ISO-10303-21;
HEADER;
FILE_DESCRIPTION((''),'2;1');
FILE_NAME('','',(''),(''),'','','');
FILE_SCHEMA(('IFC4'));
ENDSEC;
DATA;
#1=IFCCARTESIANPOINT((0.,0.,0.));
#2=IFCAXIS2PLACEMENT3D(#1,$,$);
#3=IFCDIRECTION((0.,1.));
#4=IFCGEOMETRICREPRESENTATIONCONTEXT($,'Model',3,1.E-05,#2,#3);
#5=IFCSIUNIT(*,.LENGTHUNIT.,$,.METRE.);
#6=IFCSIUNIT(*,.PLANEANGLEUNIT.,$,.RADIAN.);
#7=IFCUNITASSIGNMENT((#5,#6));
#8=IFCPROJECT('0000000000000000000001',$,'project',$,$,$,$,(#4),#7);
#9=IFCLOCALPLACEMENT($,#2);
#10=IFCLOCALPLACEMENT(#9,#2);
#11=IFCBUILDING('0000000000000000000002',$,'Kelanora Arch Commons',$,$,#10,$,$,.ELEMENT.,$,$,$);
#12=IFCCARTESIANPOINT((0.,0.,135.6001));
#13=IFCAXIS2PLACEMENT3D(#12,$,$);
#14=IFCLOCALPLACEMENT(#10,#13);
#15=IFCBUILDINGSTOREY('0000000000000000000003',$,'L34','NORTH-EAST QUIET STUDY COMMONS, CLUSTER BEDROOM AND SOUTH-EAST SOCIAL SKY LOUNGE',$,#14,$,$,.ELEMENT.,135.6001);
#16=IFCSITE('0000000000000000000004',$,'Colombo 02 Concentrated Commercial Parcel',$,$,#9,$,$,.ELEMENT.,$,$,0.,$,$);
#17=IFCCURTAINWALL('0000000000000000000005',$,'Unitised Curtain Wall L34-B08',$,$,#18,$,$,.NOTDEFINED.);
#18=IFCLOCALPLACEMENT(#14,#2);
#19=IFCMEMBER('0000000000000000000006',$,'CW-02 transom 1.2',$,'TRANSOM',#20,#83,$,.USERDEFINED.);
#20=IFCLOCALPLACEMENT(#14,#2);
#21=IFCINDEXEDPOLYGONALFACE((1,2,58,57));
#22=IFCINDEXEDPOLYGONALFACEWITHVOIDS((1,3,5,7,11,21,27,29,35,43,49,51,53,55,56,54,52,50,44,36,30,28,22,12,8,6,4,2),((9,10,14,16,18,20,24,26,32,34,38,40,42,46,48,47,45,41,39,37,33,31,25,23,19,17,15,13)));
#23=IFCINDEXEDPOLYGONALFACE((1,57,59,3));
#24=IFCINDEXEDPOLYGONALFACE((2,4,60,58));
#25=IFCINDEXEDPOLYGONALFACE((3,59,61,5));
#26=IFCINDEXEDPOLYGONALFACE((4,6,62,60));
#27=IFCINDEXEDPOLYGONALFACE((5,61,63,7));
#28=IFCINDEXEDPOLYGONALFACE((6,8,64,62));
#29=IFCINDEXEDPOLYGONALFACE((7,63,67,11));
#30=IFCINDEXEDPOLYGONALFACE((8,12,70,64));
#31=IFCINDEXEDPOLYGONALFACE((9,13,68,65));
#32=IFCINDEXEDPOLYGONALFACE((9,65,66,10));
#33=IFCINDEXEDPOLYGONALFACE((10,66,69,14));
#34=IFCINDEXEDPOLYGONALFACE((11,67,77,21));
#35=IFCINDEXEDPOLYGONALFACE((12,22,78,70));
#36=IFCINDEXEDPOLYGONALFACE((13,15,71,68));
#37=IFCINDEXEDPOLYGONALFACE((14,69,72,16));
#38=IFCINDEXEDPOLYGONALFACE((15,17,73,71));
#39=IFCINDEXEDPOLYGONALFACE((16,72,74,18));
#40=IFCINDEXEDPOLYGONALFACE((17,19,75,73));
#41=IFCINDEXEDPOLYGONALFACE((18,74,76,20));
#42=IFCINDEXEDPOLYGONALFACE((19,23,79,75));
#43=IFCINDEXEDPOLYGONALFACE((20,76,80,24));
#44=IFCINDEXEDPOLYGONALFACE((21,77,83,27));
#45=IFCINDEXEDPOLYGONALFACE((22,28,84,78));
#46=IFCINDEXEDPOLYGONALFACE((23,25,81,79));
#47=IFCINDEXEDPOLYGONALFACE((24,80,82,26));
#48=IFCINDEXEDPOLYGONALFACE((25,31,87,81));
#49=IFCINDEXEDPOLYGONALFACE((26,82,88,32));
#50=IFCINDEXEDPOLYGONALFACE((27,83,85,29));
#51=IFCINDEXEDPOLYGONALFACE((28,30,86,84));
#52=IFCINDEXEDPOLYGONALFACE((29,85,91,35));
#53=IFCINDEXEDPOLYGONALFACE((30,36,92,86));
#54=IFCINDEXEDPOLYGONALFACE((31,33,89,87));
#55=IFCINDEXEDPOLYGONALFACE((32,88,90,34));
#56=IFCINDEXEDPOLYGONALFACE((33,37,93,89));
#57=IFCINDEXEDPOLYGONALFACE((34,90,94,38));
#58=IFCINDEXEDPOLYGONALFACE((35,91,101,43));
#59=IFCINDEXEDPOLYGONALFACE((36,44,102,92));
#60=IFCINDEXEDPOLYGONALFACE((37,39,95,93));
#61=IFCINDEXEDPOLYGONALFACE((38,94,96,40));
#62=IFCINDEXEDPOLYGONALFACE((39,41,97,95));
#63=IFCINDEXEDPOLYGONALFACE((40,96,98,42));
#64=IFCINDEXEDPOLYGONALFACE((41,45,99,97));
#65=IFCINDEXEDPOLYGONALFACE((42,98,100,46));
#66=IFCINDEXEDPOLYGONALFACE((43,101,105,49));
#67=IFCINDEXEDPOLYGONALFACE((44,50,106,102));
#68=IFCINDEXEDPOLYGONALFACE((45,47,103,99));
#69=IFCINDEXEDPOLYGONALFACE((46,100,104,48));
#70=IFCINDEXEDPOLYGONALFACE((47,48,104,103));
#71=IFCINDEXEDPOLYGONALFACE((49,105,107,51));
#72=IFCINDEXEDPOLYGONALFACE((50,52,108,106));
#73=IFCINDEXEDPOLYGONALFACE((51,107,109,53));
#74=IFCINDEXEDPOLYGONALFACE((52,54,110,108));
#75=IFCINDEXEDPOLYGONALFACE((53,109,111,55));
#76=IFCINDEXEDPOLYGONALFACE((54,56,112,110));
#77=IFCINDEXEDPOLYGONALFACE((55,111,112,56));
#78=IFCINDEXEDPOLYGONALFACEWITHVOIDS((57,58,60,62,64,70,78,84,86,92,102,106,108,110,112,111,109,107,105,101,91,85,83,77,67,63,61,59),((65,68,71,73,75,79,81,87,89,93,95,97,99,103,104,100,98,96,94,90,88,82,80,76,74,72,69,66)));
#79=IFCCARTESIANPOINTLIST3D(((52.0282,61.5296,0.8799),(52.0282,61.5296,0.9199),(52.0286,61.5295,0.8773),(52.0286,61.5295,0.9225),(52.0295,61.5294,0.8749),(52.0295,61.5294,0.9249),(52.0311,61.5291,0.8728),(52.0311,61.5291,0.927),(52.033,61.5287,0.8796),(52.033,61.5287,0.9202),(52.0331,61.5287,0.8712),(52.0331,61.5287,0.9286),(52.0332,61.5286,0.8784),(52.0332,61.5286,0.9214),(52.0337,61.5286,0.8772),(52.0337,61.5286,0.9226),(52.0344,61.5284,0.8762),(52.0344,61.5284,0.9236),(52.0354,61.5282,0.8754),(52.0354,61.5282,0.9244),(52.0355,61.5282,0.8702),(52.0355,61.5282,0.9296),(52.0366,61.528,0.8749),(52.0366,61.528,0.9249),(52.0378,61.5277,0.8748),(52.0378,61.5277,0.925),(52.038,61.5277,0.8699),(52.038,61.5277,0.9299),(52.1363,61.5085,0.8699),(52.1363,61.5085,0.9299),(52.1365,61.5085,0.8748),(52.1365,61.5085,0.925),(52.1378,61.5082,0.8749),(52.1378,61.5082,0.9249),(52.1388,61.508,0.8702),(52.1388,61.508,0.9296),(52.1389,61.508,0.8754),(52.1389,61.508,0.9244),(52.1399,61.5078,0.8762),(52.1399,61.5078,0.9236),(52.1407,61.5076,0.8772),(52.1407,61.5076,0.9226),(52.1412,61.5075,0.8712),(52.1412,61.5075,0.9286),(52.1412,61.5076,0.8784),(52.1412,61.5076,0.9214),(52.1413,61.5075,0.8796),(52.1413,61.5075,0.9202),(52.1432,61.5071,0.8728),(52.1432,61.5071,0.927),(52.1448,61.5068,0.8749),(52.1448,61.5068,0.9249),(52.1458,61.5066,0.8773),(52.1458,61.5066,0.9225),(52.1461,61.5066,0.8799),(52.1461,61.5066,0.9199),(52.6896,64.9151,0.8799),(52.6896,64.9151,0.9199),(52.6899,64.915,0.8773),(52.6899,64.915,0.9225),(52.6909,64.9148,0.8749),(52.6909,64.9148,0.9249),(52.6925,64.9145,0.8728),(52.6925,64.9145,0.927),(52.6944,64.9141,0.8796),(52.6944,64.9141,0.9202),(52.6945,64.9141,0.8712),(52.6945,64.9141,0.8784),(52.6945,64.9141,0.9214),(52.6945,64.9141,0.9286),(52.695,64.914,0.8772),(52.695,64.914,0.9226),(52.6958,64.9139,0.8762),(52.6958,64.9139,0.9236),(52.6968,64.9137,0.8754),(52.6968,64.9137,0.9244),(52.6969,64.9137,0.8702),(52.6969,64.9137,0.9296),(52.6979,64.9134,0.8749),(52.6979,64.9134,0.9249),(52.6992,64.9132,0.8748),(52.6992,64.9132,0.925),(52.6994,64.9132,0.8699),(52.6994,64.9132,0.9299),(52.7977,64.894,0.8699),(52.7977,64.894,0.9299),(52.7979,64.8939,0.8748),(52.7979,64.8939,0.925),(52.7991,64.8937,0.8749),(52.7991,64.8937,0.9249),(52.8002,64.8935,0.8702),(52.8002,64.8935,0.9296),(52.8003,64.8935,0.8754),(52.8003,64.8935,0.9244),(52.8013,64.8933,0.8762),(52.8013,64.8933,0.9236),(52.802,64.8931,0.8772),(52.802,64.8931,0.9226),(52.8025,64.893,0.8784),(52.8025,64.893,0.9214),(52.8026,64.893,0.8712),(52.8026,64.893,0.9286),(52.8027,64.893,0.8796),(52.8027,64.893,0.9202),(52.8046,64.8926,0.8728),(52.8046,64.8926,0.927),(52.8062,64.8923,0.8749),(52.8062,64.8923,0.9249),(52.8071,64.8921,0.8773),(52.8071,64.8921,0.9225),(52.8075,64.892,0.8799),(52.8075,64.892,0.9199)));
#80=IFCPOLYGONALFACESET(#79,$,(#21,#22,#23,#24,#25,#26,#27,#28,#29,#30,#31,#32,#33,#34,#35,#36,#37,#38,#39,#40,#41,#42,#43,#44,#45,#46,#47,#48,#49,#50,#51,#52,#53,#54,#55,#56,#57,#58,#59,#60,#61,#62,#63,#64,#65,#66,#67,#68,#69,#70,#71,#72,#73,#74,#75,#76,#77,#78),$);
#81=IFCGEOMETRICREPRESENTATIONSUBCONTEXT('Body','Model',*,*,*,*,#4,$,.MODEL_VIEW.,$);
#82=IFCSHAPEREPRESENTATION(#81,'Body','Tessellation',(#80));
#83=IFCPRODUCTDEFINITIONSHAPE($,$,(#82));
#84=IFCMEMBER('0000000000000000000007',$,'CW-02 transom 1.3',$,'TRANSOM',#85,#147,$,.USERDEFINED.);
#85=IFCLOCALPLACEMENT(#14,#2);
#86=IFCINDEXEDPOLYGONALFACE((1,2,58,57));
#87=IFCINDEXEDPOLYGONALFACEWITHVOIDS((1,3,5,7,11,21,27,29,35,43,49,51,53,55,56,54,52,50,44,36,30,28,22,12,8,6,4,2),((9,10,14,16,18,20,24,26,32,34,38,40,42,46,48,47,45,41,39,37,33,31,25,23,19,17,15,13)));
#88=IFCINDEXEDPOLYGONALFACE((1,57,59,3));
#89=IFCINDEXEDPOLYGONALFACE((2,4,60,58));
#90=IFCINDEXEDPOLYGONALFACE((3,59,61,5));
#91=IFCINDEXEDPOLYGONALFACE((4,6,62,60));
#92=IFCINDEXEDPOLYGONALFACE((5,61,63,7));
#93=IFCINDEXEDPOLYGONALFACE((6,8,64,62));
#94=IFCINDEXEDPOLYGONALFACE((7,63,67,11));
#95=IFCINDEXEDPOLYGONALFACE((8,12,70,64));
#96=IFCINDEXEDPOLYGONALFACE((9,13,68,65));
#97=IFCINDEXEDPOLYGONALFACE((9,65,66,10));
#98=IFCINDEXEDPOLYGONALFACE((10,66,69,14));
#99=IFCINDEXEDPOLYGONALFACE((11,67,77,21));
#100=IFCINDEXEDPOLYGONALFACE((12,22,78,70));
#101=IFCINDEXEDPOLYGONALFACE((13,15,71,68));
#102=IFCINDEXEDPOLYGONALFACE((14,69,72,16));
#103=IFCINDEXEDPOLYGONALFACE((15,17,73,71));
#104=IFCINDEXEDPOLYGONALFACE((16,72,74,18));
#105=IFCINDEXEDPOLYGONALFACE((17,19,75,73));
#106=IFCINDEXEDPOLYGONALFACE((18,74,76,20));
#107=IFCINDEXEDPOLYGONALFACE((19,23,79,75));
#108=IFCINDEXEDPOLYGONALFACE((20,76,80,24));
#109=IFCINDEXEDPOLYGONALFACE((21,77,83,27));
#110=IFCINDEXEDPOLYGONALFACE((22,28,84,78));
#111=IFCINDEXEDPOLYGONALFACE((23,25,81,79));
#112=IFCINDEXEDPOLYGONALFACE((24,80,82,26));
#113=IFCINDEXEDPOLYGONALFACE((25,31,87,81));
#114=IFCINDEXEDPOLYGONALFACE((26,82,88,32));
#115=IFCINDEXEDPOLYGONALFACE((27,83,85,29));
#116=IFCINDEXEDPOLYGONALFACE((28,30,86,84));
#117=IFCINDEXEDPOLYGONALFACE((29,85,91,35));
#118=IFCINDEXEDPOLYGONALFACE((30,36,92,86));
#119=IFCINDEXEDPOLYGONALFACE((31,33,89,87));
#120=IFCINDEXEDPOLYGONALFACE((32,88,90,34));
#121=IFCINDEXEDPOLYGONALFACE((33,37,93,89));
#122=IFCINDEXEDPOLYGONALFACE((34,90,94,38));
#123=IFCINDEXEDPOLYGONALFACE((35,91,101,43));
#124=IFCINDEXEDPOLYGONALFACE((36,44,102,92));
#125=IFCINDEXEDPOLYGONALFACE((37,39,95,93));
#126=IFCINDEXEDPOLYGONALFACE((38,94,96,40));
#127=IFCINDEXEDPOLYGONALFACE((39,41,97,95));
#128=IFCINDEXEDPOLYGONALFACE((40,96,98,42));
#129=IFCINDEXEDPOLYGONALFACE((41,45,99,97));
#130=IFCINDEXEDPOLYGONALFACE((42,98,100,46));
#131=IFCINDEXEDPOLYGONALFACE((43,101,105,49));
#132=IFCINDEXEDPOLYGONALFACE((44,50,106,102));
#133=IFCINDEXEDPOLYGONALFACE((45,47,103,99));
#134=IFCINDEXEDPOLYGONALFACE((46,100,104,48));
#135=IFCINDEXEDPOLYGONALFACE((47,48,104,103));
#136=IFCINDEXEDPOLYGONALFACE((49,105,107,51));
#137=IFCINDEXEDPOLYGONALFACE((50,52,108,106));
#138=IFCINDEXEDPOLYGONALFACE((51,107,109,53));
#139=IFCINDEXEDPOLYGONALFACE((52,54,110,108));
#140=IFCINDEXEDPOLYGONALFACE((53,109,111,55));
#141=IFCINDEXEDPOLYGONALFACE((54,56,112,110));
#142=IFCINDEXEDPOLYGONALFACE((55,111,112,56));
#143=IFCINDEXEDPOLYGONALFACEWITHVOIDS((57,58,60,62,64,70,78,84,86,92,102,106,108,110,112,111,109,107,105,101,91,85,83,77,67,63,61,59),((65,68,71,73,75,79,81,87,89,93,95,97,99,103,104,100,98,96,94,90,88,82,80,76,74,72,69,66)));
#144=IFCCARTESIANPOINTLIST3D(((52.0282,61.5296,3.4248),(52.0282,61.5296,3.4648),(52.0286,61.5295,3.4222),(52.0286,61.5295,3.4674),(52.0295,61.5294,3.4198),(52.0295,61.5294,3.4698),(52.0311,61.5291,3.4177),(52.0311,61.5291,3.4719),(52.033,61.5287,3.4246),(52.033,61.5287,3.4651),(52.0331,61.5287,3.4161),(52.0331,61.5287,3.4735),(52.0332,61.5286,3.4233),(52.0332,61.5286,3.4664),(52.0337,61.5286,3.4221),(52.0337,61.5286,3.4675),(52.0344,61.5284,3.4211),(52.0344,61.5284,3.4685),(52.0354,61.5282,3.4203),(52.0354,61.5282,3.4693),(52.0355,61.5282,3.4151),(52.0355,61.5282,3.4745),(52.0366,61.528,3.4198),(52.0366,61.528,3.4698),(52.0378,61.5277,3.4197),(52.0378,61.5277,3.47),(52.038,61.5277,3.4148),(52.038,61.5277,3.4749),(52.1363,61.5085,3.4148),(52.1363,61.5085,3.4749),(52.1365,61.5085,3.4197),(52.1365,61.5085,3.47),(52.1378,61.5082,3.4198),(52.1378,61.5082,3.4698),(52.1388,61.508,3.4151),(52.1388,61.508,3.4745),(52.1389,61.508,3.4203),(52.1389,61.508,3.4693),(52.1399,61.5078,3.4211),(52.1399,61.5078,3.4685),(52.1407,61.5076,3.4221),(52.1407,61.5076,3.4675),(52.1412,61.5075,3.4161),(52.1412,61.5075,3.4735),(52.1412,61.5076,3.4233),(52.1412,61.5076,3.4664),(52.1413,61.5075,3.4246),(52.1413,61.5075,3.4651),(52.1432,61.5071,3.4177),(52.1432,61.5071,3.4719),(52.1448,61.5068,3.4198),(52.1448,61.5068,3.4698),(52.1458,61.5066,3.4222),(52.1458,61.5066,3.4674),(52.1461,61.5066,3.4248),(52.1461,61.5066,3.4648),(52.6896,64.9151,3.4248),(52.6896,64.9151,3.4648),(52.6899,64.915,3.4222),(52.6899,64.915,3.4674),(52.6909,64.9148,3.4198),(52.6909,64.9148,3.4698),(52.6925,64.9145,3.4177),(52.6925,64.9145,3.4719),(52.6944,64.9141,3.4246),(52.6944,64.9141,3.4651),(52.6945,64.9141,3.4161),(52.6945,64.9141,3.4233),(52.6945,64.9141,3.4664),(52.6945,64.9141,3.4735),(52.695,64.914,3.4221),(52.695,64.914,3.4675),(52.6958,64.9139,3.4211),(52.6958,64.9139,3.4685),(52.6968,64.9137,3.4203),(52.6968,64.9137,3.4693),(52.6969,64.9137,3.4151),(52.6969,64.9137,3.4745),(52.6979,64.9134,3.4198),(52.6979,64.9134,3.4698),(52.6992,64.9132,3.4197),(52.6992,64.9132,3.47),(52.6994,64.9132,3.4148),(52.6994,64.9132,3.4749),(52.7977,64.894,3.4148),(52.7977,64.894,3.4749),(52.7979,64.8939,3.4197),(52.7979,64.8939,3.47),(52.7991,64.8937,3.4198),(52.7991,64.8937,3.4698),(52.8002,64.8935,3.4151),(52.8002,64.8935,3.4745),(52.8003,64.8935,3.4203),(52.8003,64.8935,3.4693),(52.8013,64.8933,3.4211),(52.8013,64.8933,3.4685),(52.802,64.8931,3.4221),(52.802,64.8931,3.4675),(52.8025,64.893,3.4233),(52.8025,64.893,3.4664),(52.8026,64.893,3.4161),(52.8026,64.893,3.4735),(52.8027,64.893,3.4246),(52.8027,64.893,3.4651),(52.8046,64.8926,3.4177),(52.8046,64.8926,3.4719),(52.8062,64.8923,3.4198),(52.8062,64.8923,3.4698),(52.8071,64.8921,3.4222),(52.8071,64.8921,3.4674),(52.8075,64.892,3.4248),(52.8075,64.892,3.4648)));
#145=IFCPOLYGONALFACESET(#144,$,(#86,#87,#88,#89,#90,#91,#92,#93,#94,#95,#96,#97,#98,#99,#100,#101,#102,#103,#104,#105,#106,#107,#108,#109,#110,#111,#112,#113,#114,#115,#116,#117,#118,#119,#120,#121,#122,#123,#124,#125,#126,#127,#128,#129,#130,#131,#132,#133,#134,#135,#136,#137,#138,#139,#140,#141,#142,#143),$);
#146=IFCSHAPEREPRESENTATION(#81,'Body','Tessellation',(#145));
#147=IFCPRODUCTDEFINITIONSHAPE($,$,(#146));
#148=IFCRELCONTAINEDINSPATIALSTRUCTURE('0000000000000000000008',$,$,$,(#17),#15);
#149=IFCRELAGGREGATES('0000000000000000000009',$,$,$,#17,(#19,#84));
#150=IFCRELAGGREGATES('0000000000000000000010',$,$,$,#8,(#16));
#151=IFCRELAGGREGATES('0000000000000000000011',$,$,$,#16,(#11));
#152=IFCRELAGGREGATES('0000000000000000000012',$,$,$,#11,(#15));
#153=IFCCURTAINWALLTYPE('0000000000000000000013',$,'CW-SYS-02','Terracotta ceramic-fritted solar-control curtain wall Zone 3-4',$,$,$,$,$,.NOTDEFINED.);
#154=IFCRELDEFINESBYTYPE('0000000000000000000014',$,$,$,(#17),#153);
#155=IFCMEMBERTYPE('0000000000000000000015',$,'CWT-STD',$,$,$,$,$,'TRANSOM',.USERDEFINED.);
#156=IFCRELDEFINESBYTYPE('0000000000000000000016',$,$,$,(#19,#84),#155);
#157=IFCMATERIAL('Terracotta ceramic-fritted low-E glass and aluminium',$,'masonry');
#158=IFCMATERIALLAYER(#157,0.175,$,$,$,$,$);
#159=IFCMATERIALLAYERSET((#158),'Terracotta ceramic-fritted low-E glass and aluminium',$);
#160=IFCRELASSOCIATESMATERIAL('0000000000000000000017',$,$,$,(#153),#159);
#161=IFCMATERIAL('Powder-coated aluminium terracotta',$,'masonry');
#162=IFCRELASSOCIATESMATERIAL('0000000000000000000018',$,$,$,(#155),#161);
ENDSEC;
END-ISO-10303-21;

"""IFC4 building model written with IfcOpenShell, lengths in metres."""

from ifc_helpers import new_model, si_unit, direction, frame, origin, origin_2d, place, context, subcontext, project, spatial, hollow_rectangle, extrude, material, layer, layer_set, material_profile, profile_set, type_object, element, aggregate, save


model = new_model("IFC4")

# Units and contexts
model_context = context("Model", 3, precision=1e-05, world=origin(), true_north=direction((0.0, 1.0)))
body_context = subcontext(model_context, "Body", "Model", "MODEL_VIEW")
ifc_project = project(units=[si_unit("LENGTHUNIT", "METRE"), si_unit("PLANEANGLEUNIT", "RADIAN")], contexts=[model_context])

# Site, building, storey
site_placement = place(None, origin())
site = spatial("IfcSite", under=ifc_project, at=site_placement, Name="Colombo 02 Concentrated Commercial Parcel", CompositionType="ELEMENT", RefElevation=0.0)
building_placement = place(site_placement, origin())
building = spatial("IfcBuilding", under=site, at=building_placement, Name="Kelanora Arch Commons", CompositionType="ELEMENT")
storey_placement = place(building_placement, frame((0.0, 0.0, 135.6001)))
storey = spatial("IfcBuildingStorey", under=building, at=storey_placement, Name="L34", Description="NORTH-EAST QUIET STUDY COMMONS, CLUSTER BEDROOM AND SOUTH-EAST SOCIAL SKY LOUNGE", CompositionType="ELEMENT", Elevation=135.6001)

# Curtain wall, members
ifc_material_1 = material(Name="Terracotta ceramic-fritted low-E glass and aluminium", Category="masonry")
ifc_layer_1 = layer(ifc_material_1, 0.175)
ifc_layer_set_1 = layer_set([ifc_layer_1], Name="Terracotta ceramic-fritted low-E glass and aluminium")
curtain_wall_type = type_object("IfcCurtainWallType", Name="CW-SYS-02", Description="Terracotta ceramic-fritted solar-control curtain wall Zone 3-4", PredefinedType="NOTDEFINED", material=ifc_layer_set_1)
curtain_wall_placement = place(storey_placement, origin())
curtain_wall = element("IfcCurtainWall", 1, at=curtain_wall_placement, inside=storey, type_object=curtain_wall_type, Name="Unitised Curtain Wall L34-B08", PredefinedType="NOTDEFINED")
ifc_material_2 = material(Name="Powder-coated aluminium terracotta", Category="masonry")
ifc_material_profile_1 = material_profile(ifc_material_2, hollow_rectangle(XDim=0.1201, YDim=0.0601, WallThickness=0.0049, InnerFilletRadius=0.0049, OuterFilletRadius=0.01, at=origin_2d()), Name="CWT120x60")
ifc_profile_set_1 = profile_set([ifc_material_profile_1], Name="Powder-coated aluminium terracotta")
member_type_1 = type_object("IfcMemberType", Name="CWT-STD", ElementType="TRANSOM", PredefinedType="USERDEFINED", material=ifc_profile_set_1)
member_1_placement = place(storey_placement, frame((52.7485, 64.9036, 0.8999), z_axis=(-0.191732, -0.981447, 0.0), x_axis=(0.981447, -0.191732, 0.0)))
member_1 = element("IfcMember", 2, at=member_1_placement, type_object=member_type_1, Name="CW-02 transom 1.2", ObjectType="TRANSOM", PredefinedType="USERDEFINED", context=body_context, shape_type="SweptSolid", body=[
    extrude(hollow_rectangle(XDim=0.1201, YDim=0.0601, WallThickness=0.0049, InnerFilletRadius=0.0049, OuterFilletRadius=0.01, at=origin_2d()), origin(), (0.0, 0.0, 1.0), 3.4495),
])
member_2_placement = place(storey_placement, frame((52.7485, 64.9036, 3.4448), z_axis=(-0.191732, -0.981447, 0.0), x_axis=(0.981447, -0.191732, 0.0)))
member_2 = element("IfcMember", 3, at=member_2_placement, type_object=member_type_1, Name="CW-02 transom 1.3", ObjectType="TRANSOM", PredefinedType="USERDEFINED", context=body_context, shape_type="SweptSolid", body=[
    extrude(hollow_rectangle(XDim=0.1201, YDim=0.0601, WallThickness=0.0049, InnerFilletRadius=0.0049, OuterFilletRadius=0.01, at=origin_2d()), origin(), (0.0, 0.0, 1.0), 3.4495),
])
aggregate(curtain_wall, [member_1, member_2])

save(model, "model.ifc")
